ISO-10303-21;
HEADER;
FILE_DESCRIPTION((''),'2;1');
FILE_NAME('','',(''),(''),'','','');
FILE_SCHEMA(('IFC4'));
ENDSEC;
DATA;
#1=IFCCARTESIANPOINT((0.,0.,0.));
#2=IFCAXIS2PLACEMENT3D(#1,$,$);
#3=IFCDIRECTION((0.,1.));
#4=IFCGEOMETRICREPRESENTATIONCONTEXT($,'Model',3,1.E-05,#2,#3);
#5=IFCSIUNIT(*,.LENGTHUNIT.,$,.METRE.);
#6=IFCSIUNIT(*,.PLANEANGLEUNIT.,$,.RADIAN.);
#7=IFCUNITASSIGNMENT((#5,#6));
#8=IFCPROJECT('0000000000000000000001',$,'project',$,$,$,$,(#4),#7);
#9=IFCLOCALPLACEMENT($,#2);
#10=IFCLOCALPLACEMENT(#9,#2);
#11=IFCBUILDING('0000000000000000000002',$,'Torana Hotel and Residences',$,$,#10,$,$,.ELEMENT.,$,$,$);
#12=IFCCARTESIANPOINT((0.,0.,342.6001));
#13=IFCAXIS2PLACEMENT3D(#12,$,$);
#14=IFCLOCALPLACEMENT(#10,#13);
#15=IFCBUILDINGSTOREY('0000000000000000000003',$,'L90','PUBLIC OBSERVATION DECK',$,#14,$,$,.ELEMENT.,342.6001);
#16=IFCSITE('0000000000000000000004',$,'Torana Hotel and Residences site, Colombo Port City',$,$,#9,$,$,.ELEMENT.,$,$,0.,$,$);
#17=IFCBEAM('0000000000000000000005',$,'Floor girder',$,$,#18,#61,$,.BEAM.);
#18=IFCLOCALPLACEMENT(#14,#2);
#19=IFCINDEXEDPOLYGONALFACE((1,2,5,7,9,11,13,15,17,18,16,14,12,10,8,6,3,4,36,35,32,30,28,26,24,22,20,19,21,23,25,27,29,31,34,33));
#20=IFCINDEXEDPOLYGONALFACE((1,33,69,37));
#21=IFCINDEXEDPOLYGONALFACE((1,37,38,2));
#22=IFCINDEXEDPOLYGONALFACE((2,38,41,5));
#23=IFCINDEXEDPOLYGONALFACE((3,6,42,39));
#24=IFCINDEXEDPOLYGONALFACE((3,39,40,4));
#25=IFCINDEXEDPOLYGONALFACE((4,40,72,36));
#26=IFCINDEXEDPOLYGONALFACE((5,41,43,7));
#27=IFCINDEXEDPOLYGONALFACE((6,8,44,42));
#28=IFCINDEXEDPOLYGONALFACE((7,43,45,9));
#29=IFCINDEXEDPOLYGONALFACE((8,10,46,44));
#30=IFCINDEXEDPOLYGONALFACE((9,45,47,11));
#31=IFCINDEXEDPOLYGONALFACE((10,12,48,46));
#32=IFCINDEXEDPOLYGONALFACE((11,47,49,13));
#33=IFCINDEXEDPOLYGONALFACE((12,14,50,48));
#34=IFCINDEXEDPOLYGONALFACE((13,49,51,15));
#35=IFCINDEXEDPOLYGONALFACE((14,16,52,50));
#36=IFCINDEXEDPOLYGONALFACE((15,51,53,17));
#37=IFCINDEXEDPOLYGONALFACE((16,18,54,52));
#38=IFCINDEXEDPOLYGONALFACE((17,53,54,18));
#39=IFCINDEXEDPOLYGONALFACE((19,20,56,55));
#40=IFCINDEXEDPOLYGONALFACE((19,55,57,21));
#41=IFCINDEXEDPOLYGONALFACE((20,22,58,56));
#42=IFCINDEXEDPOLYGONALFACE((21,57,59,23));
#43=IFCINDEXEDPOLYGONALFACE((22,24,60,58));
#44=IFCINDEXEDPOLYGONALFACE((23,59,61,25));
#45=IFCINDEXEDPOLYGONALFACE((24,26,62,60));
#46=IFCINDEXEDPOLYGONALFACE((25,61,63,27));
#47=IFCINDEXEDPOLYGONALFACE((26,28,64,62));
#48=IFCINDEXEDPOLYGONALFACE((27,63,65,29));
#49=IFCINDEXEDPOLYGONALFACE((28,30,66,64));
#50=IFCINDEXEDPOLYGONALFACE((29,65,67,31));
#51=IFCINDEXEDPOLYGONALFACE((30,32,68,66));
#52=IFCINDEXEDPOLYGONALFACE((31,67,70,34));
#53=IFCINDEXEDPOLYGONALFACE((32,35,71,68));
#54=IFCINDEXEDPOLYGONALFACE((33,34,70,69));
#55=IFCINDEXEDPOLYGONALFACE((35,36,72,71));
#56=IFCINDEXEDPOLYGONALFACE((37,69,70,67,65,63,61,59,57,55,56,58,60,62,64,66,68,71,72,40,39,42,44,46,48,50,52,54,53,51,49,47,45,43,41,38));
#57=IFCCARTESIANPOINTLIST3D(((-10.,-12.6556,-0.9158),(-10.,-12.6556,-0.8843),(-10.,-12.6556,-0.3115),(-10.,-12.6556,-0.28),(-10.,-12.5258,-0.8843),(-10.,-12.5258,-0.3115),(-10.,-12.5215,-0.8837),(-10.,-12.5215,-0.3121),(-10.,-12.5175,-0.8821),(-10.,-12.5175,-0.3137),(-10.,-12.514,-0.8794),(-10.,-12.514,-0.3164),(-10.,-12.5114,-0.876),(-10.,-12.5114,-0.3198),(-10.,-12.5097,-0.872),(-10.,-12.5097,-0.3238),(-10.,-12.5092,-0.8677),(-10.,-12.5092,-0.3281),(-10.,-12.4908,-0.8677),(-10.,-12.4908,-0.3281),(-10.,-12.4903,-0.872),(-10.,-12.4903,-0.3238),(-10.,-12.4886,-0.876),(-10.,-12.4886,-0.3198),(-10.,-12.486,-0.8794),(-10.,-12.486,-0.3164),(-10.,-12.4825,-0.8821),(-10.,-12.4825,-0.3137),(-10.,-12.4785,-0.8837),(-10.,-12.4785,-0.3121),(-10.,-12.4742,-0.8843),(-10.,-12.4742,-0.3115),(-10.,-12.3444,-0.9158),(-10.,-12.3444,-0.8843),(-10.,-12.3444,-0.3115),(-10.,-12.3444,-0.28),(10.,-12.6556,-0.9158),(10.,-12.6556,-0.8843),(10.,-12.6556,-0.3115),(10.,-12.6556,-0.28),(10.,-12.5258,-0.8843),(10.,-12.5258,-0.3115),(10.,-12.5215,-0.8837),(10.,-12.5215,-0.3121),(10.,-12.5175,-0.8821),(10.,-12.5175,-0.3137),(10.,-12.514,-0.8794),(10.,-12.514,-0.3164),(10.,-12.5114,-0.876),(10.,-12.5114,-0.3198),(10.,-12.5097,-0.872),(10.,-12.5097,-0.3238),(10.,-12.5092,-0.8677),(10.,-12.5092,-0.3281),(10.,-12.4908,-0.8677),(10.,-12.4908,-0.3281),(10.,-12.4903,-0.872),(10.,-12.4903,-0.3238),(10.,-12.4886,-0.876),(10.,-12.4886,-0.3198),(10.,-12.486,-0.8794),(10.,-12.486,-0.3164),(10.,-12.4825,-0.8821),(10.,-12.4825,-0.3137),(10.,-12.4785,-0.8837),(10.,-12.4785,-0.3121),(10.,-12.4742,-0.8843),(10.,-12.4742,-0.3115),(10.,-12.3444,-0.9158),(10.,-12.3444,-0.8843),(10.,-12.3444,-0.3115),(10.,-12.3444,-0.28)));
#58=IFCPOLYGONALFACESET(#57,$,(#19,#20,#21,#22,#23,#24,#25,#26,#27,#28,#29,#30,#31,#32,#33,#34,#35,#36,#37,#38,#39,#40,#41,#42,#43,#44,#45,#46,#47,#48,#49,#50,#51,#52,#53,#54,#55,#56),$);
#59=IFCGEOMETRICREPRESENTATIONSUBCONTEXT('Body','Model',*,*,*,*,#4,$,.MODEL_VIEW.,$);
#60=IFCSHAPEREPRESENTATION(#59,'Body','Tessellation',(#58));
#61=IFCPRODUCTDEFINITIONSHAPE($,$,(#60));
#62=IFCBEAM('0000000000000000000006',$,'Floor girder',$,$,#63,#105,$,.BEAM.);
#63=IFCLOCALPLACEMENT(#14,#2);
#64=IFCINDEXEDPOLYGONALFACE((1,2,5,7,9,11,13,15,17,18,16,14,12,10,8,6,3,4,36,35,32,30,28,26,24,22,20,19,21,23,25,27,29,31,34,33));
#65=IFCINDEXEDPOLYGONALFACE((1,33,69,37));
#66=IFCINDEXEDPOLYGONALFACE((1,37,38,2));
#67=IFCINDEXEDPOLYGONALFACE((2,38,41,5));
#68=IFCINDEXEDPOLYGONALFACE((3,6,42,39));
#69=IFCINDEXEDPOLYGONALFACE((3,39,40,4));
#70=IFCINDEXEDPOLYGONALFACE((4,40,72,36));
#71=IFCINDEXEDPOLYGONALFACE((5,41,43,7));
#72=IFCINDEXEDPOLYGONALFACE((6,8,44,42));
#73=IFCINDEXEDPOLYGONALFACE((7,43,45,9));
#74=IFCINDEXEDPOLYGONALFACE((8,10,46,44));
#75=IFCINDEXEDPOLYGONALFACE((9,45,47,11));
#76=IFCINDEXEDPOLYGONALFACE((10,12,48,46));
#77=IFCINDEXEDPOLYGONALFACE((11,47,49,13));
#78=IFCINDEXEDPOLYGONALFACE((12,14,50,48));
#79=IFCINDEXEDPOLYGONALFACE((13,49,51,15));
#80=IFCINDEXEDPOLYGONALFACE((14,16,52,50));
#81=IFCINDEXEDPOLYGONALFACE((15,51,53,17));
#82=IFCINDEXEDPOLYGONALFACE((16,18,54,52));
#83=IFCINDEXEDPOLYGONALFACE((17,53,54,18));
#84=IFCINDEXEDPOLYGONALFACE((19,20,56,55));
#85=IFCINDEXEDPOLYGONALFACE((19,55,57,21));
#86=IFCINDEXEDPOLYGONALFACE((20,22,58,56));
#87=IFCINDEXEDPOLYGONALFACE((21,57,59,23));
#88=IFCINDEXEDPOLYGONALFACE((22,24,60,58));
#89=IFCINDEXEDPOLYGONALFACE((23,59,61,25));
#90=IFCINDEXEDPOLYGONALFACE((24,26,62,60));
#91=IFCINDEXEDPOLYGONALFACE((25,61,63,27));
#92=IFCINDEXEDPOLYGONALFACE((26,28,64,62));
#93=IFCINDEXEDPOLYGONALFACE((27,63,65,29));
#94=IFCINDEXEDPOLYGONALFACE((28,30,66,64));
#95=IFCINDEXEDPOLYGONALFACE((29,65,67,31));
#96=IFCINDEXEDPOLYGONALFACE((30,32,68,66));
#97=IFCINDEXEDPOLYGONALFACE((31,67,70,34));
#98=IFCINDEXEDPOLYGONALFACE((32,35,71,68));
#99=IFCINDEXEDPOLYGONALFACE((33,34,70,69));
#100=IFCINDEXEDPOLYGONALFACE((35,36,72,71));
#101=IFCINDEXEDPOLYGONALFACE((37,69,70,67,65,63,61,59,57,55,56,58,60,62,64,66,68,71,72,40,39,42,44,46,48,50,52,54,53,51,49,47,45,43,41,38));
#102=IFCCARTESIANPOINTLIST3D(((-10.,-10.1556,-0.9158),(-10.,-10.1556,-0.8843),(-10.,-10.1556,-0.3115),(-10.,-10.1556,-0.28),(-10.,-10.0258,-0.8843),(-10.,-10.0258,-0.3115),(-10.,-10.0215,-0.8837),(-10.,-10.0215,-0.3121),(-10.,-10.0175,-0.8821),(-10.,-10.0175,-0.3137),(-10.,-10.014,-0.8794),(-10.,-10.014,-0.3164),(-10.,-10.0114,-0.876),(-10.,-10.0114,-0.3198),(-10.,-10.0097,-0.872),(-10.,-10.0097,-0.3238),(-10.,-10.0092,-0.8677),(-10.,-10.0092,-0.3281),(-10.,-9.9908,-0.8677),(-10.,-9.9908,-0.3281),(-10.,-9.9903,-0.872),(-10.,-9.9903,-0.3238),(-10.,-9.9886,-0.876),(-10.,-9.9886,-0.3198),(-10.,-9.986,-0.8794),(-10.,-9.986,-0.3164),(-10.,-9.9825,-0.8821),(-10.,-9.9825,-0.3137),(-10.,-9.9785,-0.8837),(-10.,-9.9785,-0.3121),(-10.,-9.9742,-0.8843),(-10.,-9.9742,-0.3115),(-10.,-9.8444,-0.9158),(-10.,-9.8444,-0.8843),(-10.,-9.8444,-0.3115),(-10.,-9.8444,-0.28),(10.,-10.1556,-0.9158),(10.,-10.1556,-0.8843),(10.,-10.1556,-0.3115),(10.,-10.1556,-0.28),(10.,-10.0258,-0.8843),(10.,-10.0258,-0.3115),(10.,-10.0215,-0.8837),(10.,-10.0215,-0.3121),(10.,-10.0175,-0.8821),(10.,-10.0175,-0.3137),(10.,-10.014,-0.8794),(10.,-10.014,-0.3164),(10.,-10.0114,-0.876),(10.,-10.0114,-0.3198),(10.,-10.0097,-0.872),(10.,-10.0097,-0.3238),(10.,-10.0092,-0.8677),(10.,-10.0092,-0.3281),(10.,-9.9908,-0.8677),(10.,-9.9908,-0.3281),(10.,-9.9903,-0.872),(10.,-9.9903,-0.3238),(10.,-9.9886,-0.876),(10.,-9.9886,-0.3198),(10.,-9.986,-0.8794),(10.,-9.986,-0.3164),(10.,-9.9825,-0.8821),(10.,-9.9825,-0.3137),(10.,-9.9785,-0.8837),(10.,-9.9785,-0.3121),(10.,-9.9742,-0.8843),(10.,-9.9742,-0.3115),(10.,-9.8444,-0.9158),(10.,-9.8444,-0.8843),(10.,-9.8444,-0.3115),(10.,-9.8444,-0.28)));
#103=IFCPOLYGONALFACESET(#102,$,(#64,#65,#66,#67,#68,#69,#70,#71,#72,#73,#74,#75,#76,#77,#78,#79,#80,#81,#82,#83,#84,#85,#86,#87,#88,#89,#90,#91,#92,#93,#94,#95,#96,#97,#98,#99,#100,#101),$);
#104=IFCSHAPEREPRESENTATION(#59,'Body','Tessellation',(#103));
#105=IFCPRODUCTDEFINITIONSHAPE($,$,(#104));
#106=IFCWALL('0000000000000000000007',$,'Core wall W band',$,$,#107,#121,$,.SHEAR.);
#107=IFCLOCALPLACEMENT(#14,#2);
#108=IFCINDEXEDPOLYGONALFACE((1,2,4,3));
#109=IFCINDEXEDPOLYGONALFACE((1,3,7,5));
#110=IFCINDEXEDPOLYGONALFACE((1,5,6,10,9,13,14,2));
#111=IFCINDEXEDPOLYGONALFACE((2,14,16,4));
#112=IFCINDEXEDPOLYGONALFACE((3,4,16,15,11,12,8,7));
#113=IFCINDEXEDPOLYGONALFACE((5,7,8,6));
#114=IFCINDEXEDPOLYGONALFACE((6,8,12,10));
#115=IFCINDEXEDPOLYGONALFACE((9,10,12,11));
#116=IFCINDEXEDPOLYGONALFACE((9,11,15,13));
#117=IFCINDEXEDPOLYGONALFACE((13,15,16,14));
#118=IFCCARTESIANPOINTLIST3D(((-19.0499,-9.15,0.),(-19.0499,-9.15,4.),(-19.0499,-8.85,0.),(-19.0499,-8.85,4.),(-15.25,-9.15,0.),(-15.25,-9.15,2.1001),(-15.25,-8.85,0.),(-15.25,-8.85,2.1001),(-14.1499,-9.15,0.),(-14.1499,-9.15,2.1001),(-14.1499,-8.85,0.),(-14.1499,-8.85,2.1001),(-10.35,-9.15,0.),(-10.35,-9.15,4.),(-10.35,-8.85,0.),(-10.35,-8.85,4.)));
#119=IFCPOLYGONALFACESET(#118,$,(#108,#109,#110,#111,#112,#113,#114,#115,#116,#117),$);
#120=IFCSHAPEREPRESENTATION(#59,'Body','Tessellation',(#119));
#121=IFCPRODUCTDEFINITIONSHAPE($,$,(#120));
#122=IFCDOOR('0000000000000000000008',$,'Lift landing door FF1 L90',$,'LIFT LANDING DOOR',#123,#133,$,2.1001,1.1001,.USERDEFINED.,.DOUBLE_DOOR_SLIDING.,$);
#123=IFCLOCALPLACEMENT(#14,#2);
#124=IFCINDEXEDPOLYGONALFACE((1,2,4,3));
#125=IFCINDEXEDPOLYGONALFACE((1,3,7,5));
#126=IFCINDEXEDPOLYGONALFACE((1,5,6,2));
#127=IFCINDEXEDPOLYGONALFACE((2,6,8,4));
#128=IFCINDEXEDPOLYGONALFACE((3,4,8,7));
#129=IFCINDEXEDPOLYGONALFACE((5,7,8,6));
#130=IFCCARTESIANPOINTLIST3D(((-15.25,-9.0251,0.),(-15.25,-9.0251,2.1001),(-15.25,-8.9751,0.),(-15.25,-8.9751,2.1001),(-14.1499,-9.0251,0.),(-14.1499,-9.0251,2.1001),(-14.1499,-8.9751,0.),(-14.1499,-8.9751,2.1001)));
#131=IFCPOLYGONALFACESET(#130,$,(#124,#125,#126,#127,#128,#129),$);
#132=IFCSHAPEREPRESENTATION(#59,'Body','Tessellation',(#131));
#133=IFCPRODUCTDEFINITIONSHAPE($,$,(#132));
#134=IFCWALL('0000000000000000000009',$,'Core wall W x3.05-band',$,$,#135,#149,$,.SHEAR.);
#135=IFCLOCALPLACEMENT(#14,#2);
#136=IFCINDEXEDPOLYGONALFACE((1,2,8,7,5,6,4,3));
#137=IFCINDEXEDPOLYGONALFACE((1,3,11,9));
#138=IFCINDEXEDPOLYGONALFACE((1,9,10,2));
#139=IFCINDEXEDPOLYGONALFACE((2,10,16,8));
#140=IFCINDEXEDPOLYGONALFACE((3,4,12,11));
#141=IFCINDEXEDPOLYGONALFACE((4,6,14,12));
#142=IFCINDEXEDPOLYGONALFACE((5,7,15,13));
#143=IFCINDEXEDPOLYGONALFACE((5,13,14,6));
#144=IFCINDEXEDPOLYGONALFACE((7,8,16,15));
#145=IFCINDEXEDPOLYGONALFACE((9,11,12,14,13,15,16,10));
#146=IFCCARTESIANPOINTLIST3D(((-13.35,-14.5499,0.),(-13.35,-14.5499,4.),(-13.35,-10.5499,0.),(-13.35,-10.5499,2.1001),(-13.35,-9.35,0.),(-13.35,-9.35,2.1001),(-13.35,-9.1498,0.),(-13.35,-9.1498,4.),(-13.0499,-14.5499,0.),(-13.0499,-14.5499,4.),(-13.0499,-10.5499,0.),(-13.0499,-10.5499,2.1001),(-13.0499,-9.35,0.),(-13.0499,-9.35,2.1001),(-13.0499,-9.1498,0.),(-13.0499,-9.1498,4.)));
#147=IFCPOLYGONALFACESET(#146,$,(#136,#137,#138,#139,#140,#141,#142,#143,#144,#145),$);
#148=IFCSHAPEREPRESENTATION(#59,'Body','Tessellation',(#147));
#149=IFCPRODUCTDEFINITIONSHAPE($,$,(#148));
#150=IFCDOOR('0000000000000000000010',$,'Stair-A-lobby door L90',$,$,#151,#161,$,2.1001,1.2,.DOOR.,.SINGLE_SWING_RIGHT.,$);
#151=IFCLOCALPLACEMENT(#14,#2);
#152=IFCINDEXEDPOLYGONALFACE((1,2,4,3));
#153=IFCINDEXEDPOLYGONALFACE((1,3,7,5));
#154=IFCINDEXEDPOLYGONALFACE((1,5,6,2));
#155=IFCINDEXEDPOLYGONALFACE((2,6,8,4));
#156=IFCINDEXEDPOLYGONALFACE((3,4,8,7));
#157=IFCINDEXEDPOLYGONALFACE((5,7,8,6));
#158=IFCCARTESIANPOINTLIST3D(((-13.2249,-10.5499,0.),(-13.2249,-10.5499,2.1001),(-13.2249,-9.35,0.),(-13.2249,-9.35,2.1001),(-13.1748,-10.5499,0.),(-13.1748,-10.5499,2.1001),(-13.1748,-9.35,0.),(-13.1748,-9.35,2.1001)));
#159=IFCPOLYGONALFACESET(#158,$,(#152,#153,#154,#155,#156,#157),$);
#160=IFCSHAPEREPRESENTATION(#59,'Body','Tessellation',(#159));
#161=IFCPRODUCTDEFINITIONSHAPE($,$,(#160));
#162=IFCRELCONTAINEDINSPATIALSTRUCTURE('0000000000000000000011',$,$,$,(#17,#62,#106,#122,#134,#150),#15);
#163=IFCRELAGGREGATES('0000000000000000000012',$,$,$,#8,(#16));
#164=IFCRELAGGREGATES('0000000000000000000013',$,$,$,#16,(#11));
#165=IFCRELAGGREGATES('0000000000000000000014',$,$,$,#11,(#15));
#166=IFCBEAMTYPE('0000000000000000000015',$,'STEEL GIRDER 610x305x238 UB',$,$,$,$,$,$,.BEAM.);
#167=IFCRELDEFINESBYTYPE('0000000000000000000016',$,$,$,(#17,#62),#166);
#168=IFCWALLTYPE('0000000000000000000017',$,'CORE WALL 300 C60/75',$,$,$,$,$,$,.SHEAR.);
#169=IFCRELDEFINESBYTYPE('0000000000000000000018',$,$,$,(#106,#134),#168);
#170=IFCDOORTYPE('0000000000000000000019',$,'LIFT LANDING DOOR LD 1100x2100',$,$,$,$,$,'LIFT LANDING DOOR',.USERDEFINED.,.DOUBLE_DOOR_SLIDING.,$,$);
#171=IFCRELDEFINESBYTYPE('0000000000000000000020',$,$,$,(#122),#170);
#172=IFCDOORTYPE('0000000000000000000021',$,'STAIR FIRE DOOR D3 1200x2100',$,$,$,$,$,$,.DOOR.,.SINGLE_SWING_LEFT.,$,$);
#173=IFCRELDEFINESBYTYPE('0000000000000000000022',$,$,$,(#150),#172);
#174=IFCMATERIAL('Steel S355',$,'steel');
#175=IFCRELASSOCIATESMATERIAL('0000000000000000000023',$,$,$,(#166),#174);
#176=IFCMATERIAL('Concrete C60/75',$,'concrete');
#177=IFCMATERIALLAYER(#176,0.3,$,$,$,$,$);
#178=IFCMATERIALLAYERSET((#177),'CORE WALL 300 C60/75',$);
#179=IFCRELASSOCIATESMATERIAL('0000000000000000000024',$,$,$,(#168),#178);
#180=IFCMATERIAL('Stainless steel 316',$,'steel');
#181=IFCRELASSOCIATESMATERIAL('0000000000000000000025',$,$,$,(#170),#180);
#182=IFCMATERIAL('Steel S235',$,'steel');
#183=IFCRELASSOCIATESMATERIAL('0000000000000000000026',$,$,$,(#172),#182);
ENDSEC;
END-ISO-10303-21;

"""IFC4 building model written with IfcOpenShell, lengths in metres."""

from ifc_helpers import new_model, si_unit, direction, frame, frame_2d, origin, origin_2d, place, context, subcontext, project, spatial, rectangle, i_section, extrude, material, layer, layer_set, material_profile, profile_set, type_object, element, fill, save


model = new_model("IFC4")

# Units and contexts
model_context = context("Model", 3, precision=1e-05, world=origin(), true_north=direction((0.0, 1.0)))
body_context = subcontext(model_context, "Body", "Model", "MODEL_VIEW")
ifc_project = project(units=[si_unit("LENGTHUNIT", "METRE"), si_unit("PLANEANGLEUNIT", "RADIAN")], contexts=[model_context])

# Site, building, storey
site_placement = place(None, origin())
site = spatial("IfcSite", under=ifc_project, at=site_placement, Name="Torana Hotel and Residences site, Colombo Port City", CompositionType="ELEMENT", RefElevation=0.0)
building_placement = place(site_placement, origin())
building = spatial("IfcBuilding", under=site, at=building_placement, Name="Torana Hotel and Residences", CompositionType="ELEMENT")
storey_placement = place(building_placement, frame((0.0, 0.0, 342.6001)))
storey = spatial("IfcBuildingStorey", under=building, at=storey_placement, Name="L90", Description="PUBLIC OBSERVATION DECK", CompositionType="ELEMENT", Elevation=342.6001)

# Beams
ifc_material_1 = material(Name="Steel S355", Category="steel")
ifc_material_profile = material_profile(ifc_material_1, i_section(OverallWidth=0.3113, OverallDepth=0.6357, WebThickness=0.0183, FlangeThickness=0.0315, FilletRadius=0.0166, at=origin_2d()), Name="610x305x238 UB")
ifc_profile_set = profile_set([ifc_material_profile], Name="Steel S355")
beam_type = type_object("IfcBeamType", Name="STEEL GIRDER 610x305x238 UB", PredefinedType="BEAM", material=ifc_profile_set)
for number, where, z_axis, x_axis, name in (
    (1, (-10.0, -12.5, -0.5979), (1.0, 0.0, 0.0), (0.0, 1.0, 0.0), "Floor girder"),
    (2, (-10.0, -10.0, -0.5979), (1.0, 0.0, 0.0), (0.0, 1.0, 0.0), "Floor girder"),
):
    element("IfcBeam", number, at=place(storey_placement, frame(where, z_axis=z_axis, x_axis=x_axis)), inside=storey, type_object=beam_type, Name=name, PredefinedType="BEAM", context=body_context, shape_type="SweptSolid", body=[
        extrude(i_section(OverallWidth=0.3113, OverallDepth=0.6357, WebThickness=0.0183, FlangeThickness=0.0315, FilletRadius=0.0166, at=origin_2d()), origin(), (0.0, 0.0, 1.0), 20.0),
    ])

# Walls, openings, doors
ifc_material_2 = material(Name="Concrete C60/75", Category="concrete")
ifc_layer_1 = layer(ifc_material_2, 0.3)
ifc_layer_set_1 = layer_set([ifc_layer_1], Name="CORE WALL 300 C60/75")
wall_type_1 = type_object("IfcWallType", Name="CORE WALL 300 C60/75", PredefinedType="SHEAR", material=ifc_layer_set_1)
wall_1_placement = place(storey_placement, frame((-19.05, -9.0, 0.0), z_axis=(0.0, 0.0, 1.0), x_axis=(1.0, 0.0, 0.0)))
wall_1 = element("IfcWall", 3, at=wall_1_placement, inside=storey, type_object=wall_type_1, Name="Core wall W band", PredefinedType="SHEAR", context=body_context, shape_type="SweptSolid", body=[
    extrude(rectangle(XDim=8.7, YDim=0.3, at=frame_2d((4.3501, 0.0))), origin(), (0.0, 0.0, 1.0), 4.0),
])
opening_1_placement = place(wall_1_placement, frame((3.8, 0.0, 0.0)))
opening_1 = element("IfcOpeningElement", 4, at=opening_1_placement, cuts=wall_1, PredefinedType="OPENING", context=body_context, shape_type="SweptSolid", body=[
    extrude(rectangle(XDim=1.1001, YDim=2.1001, at=frame_2d((0.55, 1.05))), frame((0.0, 0.1599, 0.0), z_axis=(0.0, -1.0, 0.0), x_axis=(1.0, 0.0, 0.0)), (0.0, 0.0, 1.0), 0.3201),
])
ifc_material_3 = material(Name="Stainless steel 316", Category="steel")
door_type_1 = type_object("IfcDoorType", Name="LIFT LANDING DOOR LD 1100x2100", ElementType="LIFT LANDING DOOR", OperationType="DOUBLE_DOOR_SLIDING", PredefinedType="USERDEFINED", material=ifc_material_3)
door_1_placement = place(opening_1_placement, origin())
door_1 = element("IfcDoor", 5, at=door_1_placement, inside=storey, type_object=door_type_1, Name="Lift landing door FF1 L90", ObjectType="LIFT LANDING DOOR", OperationType="DOUBLE_DOOR_SLIDING", OverallHeight=2.1001, OverallWidth=1.1001, PredefinedType="USERDEFINED", context=body_context, shape_type="SweptSolid", body=[
    extrude(rectangle(XDim=1.1001, YDim=2.1001, at=frame_2d((0.55, 1.05))), frame((0.0, 0.0249, 0.0), z_axis=(0.0, -1.0, 0.0), x_axis=(1.0, 0.0, 0.0)), (0.0, 0.0, 1.0), 0.05),
])
fill(opening_1, door_1)
wall_2_placement = place(storey_placement, frame((-13.2, -14.55, 0.0), z_axis=(0.0, 0.0, 1.0), x_axis=(0.0, 1.0, 0.0)))
wall_2 = element("IfcWall", 6, at=wall_2_placement, inside=storey, type_object=wall_type_1, Name="Core wall W x3.05-band", PredefinedType="SHEAR", context=body_context, shape_type="SweptSolid", body=[
    extrude(rectangle(XDim=5.4001, YDim=0.3, at=frame_2d((2.7002, 0.0))), origin(), (0.0, 0.0, 1.0), 4.0),
])
opening_2_placement = place(wall_2_placement, frame((4.0, 0.0, 0.0)))
opening_2 = element("IfcOpeningElement", 7, at=opening_2_placement, cuts=wall_2, PredefinedType="OPENING", context=body_context, shape_type="SweptSolid", body=[
    extrude(rectangle(XDim=1.2, YDim=2.1001, at=frame_2d((0.6001, 1.05))), frame((0.0, 0.1599, 0.0), z_axis=(0.0, -1.0, 0.0), x_axis=(1.0, 0.0, 0.0)), (0.0, 0.0, 1.0), 0.3201),
])
ifc_material_4 = material(Name="Steel S235", Category="steel")
door_type_2 = type_object("IfcDoorType", Name="STAIR FIRE DOOR D3 1200x2100", OperationType="SINGLE_SWING_LEFT", PredefinedType="DOOR", material=ifc_material_4)
door_2_placement = place(opening_2_placement, frame((0.6001, 0.0, 0.0), z_axis=(0.0, 0.0, 1.0), x_axis=(-1.0, 0.0, 0.0)))
door_2 = element("IfcDoor", 8, at=door_2_placement, inside=storey, type_object=door_type_2, Name="Stair-A-lobby door L90", OperationType="SINGLE_SWING_RIGHT", OverallHeight=2.1001, OverallWidth=1.2, PredefinedType="DOOR", context=body_context, shape_type="SweptSolid", body=[
    extrude(rectangle(XDim=1.2, YDim=2.1001, at=frame_2d((0.0, 1.05))), frame((0.0, -0.0249, 0.0), z_axis=(0.0, 1.0, 0.0), x_axis=(-1.0, 0.0, 0.0)), (0.0, 0.0, 1.0), 0.05),
])
fill(opening_2, door_2)

save(model, "model.ifc")
